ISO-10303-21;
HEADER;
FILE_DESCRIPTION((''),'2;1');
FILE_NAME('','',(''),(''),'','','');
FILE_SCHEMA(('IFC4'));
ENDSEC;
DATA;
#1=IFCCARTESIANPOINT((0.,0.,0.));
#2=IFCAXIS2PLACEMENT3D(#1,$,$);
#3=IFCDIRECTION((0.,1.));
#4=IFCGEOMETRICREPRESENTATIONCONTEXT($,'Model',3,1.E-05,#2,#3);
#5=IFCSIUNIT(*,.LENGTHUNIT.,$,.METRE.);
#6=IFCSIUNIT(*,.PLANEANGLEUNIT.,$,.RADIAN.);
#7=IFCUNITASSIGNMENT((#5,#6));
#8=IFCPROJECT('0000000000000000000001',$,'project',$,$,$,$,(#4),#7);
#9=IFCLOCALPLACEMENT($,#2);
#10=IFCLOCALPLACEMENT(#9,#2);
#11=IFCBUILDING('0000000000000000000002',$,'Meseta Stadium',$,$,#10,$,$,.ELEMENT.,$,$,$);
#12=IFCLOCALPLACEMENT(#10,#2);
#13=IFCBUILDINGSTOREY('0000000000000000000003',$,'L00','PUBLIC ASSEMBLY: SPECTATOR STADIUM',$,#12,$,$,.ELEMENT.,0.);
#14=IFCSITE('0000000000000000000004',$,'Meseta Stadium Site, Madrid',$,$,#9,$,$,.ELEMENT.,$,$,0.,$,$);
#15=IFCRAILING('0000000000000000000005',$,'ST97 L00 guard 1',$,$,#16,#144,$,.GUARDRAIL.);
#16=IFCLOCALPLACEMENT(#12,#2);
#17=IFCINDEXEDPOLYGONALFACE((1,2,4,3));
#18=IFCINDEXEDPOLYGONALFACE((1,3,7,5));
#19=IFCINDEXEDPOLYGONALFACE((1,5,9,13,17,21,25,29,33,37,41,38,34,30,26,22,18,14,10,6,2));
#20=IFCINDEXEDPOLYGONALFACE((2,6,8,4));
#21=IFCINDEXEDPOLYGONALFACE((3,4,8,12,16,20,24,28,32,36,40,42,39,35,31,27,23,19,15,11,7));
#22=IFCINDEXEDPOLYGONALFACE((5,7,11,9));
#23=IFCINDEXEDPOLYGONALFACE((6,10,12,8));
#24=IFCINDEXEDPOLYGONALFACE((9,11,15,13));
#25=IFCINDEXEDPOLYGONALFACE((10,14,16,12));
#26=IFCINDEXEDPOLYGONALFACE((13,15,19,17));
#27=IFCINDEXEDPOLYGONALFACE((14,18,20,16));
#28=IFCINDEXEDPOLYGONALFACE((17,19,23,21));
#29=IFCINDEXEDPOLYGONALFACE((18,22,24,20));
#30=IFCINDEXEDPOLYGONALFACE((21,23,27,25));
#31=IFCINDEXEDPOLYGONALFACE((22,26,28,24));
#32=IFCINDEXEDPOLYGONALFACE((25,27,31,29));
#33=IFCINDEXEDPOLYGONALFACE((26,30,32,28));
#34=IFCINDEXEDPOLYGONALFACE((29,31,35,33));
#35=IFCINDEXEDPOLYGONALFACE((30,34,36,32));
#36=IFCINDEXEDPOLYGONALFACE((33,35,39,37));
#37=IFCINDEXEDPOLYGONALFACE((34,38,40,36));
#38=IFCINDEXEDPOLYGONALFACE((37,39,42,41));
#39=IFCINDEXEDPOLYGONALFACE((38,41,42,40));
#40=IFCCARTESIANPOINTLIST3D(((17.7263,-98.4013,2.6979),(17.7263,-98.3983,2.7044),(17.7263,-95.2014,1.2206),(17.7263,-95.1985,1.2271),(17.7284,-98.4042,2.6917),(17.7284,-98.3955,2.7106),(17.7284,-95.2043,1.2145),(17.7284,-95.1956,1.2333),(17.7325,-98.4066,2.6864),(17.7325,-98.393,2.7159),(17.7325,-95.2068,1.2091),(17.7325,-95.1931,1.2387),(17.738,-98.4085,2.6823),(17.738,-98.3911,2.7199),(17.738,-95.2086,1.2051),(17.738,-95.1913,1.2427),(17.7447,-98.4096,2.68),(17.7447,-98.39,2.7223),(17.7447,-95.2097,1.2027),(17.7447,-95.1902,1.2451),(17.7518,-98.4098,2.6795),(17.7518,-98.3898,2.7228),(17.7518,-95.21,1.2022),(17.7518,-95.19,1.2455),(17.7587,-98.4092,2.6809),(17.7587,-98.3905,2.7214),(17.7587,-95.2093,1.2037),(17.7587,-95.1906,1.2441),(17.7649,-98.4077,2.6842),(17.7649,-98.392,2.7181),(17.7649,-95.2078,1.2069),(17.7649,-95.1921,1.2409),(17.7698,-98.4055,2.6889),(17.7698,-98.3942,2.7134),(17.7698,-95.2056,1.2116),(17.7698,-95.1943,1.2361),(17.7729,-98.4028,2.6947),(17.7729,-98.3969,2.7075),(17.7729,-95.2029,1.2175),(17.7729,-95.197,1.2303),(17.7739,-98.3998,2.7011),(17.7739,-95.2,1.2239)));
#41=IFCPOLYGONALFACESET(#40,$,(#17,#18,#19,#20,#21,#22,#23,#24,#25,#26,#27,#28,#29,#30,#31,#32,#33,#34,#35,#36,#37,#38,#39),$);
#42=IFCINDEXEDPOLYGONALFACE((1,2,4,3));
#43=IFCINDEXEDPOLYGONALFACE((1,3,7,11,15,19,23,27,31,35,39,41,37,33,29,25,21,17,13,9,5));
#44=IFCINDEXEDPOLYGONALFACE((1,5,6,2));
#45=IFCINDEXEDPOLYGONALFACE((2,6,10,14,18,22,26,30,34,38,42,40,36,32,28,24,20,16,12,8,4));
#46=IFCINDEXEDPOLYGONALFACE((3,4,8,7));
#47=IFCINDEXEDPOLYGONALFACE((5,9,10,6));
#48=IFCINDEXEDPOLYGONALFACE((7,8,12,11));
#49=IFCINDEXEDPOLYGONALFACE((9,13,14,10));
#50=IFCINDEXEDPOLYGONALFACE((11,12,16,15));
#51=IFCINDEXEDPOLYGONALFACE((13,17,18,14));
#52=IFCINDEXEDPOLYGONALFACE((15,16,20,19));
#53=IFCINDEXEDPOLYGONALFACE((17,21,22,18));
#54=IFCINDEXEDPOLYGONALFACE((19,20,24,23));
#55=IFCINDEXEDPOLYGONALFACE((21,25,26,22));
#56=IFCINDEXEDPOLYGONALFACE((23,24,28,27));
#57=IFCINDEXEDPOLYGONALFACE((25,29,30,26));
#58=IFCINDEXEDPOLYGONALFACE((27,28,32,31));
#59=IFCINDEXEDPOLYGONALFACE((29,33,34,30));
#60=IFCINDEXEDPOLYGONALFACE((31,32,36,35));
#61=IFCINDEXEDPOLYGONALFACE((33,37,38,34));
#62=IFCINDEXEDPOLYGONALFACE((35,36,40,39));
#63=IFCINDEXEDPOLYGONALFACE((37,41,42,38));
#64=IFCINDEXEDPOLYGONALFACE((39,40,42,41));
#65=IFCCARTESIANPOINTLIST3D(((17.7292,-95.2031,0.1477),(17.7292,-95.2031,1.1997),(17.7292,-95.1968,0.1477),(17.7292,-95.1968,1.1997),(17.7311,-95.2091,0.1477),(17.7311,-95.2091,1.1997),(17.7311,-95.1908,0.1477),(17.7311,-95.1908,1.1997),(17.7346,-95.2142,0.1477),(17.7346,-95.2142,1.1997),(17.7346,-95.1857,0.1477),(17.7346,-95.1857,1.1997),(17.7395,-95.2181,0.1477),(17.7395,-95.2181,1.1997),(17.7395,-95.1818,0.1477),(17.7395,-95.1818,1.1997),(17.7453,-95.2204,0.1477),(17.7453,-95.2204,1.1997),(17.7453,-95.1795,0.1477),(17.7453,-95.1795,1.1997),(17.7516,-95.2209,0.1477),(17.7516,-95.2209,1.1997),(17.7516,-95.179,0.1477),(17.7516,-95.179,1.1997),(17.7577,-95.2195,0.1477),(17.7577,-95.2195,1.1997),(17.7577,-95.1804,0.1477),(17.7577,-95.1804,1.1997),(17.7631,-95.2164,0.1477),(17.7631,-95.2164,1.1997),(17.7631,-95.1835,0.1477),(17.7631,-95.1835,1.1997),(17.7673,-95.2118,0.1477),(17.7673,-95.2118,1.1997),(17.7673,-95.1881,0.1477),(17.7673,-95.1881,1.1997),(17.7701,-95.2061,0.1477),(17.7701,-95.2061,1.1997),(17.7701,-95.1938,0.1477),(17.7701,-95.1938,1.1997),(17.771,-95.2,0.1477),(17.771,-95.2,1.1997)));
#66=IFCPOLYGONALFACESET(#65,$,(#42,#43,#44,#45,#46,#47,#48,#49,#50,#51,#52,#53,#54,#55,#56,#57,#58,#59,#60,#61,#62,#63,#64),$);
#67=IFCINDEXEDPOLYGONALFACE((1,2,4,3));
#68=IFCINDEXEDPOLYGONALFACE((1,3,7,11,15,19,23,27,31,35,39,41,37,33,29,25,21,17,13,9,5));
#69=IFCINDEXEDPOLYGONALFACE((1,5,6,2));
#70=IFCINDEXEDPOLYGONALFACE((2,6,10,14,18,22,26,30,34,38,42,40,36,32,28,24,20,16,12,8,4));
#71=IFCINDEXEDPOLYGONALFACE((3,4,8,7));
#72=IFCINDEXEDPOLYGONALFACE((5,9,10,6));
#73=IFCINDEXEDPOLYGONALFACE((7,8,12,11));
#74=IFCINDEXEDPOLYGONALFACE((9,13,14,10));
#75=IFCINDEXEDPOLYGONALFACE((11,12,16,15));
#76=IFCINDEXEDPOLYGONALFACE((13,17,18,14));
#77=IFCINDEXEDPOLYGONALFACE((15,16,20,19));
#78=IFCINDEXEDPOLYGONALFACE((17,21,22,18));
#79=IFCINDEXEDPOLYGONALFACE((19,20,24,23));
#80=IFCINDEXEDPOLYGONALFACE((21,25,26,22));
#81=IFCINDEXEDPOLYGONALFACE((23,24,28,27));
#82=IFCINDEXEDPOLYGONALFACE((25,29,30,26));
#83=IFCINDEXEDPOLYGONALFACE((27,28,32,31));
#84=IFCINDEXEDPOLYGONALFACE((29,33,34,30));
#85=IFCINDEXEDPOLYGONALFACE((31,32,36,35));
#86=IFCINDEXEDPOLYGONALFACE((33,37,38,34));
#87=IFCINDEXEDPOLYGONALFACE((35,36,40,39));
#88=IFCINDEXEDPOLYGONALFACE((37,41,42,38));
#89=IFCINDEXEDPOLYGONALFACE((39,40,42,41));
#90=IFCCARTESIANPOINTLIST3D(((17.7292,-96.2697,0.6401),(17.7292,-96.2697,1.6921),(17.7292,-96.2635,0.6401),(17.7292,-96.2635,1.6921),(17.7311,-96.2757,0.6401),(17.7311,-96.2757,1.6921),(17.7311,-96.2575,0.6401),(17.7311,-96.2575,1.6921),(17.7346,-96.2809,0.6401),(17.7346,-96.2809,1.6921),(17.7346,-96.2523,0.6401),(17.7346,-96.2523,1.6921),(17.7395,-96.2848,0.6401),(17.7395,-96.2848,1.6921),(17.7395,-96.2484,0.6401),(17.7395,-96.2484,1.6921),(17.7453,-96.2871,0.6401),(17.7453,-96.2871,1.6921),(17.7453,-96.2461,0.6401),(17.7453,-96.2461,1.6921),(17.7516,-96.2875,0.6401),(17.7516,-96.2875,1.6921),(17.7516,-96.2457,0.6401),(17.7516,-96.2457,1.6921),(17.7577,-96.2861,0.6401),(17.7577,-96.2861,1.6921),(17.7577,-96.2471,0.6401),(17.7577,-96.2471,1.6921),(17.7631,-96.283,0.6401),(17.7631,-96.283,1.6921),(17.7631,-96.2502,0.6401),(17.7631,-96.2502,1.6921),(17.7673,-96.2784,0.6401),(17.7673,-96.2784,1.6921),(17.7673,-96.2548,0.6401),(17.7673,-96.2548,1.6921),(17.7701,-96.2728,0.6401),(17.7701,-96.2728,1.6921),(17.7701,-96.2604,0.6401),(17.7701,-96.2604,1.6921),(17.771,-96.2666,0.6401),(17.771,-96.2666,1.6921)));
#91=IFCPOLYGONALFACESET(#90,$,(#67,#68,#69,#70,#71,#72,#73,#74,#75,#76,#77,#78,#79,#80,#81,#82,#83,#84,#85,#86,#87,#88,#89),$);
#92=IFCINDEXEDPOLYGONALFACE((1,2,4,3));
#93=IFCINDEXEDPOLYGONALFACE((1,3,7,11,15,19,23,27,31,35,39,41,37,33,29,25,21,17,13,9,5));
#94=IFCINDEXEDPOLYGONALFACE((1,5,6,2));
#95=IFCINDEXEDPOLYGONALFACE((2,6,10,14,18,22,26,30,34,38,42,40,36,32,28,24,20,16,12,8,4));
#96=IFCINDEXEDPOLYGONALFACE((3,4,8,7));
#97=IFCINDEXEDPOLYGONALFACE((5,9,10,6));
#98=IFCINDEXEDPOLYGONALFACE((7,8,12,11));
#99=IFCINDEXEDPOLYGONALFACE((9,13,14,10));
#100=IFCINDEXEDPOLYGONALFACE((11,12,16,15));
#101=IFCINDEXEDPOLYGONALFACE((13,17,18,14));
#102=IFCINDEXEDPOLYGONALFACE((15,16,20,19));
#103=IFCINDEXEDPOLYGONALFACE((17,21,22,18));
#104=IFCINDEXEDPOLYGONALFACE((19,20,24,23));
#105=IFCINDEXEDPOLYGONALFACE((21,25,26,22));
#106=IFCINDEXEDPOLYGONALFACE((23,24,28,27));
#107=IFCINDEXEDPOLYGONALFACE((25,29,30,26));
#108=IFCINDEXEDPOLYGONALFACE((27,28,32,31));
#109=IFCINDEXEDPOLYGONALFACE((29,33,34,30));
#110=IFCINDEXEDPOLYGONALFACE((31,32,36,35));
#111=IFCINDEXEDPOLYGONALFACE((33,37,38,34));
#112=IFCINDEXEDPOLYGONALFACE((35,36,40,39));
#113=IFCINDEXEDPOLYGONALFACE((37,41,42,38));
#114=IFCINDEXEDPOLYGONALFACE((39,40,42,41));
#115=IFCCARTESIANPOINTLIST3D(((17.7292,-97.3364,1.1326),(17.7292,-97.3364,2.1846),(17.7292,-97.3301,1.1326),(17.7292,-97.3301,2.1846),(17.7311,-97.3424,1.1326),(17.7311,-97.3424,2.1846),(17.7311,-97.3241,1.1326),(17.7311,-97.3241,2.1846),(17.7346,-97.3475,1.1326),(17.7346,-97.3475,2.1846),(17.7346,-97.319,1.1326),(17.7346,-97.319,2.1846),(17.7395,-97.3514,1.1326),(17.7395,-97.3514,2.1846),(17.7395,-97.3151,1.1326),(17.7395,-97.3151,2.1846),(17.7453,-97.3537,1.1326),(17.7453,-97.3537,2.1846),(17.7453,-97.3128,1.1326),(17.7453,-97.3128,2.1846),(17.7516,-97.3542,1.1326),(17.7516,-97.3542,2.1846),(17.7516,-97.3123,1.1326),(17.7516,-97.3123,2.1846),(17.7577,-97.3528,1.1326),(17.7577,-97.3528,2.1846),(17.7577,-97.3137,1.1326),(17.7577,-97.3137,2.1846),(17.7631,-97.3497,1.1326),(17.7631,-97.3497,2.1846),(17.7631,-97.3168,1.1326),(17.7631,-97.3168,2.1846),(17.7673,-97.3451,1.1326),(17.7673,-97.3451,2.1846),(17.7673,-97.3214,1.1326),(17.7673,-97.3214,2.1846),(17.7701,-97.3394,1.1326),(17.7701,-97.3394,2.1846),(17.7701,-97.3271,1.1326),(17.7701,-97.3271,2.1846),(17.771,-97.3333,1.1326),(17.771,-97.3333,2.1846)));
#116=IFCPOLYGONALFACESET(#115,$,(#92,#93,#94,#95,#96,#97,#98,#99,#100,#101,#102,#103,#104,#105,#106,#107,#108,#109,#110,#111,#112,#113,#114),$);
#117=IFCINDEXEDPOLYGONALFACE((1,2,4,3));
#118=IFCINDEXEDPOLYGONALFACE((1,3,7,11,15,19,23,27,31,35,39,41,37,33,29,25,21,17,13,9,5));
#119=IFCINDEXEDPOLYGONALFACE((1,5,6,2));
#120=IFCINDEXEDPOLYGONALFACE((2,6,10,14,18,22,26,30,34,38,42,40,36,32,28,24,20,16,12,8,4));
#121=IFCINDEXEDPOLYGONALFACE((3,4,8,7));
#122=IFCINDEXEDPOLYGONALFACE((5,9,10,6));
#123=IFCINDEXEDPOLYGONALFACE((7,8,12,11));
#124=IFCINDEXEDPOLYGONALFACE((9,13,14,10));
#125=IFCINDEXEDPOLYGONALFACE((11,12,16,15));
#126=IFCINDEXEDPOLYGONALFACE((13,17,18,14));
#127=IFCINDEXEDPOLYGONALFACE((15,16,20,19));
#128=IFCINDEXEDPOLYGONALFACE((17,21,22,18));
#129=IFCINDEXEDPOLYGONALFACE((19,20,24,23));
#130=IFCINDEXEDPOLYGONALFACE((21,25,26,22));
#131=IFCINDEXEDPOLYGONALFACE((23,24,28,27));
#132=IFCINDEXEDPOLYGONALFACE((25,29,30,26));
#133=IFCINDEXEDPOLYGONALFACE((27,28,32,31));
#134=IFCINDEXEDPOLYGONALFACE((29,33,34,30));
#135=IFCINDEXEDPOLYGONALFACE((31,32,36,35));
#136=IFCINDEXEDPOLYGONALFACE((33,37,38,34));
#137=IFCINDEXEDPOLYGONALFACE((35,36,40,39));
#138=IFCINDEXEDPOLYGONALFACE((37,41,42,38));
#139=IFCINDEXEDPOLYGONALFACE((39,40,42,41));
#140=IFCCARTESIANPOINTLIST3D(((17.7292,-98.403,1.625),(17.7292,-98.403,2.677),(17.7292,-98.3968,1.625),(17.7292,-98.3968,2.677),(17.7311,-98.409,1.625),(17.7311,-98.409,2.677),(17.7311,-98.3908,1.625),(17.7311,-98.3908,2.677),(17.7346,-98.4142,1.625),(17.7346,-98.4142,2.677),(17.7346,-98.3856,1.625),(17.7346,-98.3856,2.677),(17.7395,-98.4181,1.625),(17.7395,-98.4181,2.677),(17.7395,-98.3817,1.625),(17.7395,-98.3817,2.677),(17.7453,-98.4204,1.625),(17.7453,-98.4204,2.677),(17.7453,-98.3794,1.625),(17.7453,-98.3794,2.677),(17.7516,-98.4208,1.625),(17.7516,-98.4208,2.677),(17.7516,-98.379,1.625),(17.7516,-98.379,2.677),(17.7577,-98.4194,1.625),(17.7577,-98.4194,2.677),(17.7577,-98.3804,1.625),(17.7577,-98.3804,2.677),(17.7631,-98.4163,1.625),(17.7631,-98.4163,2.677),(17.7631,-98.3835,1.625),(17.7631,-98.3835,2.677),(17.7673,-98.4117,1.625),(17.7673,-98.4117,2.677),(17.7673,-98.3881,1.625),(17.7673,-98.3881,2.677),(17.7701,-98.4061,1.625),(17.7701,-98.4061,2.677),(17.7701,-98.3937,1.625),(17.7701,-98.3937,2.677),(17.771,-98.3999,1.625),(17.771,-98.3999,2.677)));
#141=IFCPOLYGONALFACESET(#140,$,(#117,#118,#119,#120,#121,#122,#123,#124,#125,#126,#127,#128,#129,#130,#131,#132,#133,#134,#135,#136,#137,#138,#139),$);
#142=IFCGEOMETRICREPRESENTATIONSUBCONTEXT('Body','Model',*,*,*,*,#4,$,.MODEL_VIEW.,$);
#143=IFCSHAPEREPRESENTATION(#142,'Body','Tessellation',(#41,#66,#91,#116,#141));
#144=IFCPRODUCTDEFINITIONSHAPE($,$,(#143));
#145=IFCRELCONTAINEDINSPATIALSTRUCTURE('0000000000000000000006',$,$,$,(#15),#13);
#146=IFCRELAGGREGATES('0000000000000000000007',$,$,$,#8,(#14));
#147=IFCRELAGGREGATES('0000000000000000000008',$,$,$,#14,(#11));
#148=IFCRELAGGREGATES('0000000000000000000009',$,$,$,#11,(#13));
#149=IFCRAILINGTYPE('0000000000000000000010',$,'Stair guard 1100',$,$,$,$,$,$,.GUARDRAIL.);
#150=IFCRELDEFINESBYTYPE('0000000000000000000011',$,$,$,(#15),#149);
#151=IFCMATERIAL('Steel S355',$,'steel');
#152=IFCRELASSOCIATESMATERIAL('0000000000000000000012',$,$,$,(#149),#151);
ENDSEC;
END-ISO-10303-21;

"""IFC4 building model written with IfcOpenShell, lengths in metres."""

from ifc_helpers import new_model, si_unit, direction, frame, origin, origin_2d, place, context, subcontext, project, spatial, circle, extrude, material, type_object, element, save


model = new_model("IFC4")

# Units and contexts
model_context = context("Model", 3, precision=1e-05, world=origin(), true_north=direction((0.0, 1.0)))
body_context = subcontext(model_context, "Body", "Model", "MODEL_VIEW")
ifc_project = project(units=[si_unit("LENGTHUNIT", "METRE"), si_unit("PLANEANGLEUNIT", "RADIAN")], contexts=[model_context])

# Site, building, storey
site_placement = place(None, origin())
site = spatial("IfcSite", under=ifc_project, at=site_placement, Name="Meseta Stadium Site, Madrid", CompositionType="ELEMENT", RefElevation=0.0)
building_placement = place(site_placement, origin())
building = spatial("IfcBuilding", under=site, at=building_placement, Name="Meseta Stadium", CompositionType="ELEMENT")
storey_placement = place(building_placement, origin())
storey = spatial("IfcBuildingStorey", under=building, at=storey_placement, Name="L00", Description="PUBLIC ASSEMBLY: SPECTATOR STADIUM", CompositionType="ELEMENT", Elevation=0.0)

# Railing
ifc_material_1 = material(Name="Steel S355", Category="steel")
railing_type_1 = type_object("IfcRailingType", Name="Stair guard 1100", PredefinedType="GUARDRAIL", material=ifc_material_1)
railing_1_placement = place(storey_placement, frame((17.75, -95.2, 0.1477)))
element("IfcRailing", 1, at=railing_1_placement, inside=storey, type_object=railing_type_1, Name="ST97 L00 guard 1", PredefinedType="GUARDRAIL", context=body_context, shape_type="SweptSolid", body=[
    extrude(circle(Radius=0.0239, at=origin_2d()), frame((0.0, 0.0, 1.0762), z_axis=(0.0, -0.907917, 0.41915), x_axis=(1.0, 0.0, 0.0)), (0.0, 0.0, 1.0), 3.5244),
    extrude(circle(Radius=0.021, at=origin_2d()), origin(), (0.0, 0.0, 1.0), 1.052),
    extrude(circle(Radius=0.021, at=origin_2d()), frame((0.0, -1.0667, 0.4924)), (0.0, 0.0, 1.0), 1.052),
    extrude(circle(Radius=0.021, at=origin_2d()), frame((0.0, -2.1333, 0.9849)), (0.0, 0.0, 1.0), 1.052),
    extrude(circle(Radius=0.021, at=origin_2d()), frame((0.0, -3.2, 1.4773)), (0.0, 0.0, 1.0), 1.052),
])

save(model, "model.ifc")
